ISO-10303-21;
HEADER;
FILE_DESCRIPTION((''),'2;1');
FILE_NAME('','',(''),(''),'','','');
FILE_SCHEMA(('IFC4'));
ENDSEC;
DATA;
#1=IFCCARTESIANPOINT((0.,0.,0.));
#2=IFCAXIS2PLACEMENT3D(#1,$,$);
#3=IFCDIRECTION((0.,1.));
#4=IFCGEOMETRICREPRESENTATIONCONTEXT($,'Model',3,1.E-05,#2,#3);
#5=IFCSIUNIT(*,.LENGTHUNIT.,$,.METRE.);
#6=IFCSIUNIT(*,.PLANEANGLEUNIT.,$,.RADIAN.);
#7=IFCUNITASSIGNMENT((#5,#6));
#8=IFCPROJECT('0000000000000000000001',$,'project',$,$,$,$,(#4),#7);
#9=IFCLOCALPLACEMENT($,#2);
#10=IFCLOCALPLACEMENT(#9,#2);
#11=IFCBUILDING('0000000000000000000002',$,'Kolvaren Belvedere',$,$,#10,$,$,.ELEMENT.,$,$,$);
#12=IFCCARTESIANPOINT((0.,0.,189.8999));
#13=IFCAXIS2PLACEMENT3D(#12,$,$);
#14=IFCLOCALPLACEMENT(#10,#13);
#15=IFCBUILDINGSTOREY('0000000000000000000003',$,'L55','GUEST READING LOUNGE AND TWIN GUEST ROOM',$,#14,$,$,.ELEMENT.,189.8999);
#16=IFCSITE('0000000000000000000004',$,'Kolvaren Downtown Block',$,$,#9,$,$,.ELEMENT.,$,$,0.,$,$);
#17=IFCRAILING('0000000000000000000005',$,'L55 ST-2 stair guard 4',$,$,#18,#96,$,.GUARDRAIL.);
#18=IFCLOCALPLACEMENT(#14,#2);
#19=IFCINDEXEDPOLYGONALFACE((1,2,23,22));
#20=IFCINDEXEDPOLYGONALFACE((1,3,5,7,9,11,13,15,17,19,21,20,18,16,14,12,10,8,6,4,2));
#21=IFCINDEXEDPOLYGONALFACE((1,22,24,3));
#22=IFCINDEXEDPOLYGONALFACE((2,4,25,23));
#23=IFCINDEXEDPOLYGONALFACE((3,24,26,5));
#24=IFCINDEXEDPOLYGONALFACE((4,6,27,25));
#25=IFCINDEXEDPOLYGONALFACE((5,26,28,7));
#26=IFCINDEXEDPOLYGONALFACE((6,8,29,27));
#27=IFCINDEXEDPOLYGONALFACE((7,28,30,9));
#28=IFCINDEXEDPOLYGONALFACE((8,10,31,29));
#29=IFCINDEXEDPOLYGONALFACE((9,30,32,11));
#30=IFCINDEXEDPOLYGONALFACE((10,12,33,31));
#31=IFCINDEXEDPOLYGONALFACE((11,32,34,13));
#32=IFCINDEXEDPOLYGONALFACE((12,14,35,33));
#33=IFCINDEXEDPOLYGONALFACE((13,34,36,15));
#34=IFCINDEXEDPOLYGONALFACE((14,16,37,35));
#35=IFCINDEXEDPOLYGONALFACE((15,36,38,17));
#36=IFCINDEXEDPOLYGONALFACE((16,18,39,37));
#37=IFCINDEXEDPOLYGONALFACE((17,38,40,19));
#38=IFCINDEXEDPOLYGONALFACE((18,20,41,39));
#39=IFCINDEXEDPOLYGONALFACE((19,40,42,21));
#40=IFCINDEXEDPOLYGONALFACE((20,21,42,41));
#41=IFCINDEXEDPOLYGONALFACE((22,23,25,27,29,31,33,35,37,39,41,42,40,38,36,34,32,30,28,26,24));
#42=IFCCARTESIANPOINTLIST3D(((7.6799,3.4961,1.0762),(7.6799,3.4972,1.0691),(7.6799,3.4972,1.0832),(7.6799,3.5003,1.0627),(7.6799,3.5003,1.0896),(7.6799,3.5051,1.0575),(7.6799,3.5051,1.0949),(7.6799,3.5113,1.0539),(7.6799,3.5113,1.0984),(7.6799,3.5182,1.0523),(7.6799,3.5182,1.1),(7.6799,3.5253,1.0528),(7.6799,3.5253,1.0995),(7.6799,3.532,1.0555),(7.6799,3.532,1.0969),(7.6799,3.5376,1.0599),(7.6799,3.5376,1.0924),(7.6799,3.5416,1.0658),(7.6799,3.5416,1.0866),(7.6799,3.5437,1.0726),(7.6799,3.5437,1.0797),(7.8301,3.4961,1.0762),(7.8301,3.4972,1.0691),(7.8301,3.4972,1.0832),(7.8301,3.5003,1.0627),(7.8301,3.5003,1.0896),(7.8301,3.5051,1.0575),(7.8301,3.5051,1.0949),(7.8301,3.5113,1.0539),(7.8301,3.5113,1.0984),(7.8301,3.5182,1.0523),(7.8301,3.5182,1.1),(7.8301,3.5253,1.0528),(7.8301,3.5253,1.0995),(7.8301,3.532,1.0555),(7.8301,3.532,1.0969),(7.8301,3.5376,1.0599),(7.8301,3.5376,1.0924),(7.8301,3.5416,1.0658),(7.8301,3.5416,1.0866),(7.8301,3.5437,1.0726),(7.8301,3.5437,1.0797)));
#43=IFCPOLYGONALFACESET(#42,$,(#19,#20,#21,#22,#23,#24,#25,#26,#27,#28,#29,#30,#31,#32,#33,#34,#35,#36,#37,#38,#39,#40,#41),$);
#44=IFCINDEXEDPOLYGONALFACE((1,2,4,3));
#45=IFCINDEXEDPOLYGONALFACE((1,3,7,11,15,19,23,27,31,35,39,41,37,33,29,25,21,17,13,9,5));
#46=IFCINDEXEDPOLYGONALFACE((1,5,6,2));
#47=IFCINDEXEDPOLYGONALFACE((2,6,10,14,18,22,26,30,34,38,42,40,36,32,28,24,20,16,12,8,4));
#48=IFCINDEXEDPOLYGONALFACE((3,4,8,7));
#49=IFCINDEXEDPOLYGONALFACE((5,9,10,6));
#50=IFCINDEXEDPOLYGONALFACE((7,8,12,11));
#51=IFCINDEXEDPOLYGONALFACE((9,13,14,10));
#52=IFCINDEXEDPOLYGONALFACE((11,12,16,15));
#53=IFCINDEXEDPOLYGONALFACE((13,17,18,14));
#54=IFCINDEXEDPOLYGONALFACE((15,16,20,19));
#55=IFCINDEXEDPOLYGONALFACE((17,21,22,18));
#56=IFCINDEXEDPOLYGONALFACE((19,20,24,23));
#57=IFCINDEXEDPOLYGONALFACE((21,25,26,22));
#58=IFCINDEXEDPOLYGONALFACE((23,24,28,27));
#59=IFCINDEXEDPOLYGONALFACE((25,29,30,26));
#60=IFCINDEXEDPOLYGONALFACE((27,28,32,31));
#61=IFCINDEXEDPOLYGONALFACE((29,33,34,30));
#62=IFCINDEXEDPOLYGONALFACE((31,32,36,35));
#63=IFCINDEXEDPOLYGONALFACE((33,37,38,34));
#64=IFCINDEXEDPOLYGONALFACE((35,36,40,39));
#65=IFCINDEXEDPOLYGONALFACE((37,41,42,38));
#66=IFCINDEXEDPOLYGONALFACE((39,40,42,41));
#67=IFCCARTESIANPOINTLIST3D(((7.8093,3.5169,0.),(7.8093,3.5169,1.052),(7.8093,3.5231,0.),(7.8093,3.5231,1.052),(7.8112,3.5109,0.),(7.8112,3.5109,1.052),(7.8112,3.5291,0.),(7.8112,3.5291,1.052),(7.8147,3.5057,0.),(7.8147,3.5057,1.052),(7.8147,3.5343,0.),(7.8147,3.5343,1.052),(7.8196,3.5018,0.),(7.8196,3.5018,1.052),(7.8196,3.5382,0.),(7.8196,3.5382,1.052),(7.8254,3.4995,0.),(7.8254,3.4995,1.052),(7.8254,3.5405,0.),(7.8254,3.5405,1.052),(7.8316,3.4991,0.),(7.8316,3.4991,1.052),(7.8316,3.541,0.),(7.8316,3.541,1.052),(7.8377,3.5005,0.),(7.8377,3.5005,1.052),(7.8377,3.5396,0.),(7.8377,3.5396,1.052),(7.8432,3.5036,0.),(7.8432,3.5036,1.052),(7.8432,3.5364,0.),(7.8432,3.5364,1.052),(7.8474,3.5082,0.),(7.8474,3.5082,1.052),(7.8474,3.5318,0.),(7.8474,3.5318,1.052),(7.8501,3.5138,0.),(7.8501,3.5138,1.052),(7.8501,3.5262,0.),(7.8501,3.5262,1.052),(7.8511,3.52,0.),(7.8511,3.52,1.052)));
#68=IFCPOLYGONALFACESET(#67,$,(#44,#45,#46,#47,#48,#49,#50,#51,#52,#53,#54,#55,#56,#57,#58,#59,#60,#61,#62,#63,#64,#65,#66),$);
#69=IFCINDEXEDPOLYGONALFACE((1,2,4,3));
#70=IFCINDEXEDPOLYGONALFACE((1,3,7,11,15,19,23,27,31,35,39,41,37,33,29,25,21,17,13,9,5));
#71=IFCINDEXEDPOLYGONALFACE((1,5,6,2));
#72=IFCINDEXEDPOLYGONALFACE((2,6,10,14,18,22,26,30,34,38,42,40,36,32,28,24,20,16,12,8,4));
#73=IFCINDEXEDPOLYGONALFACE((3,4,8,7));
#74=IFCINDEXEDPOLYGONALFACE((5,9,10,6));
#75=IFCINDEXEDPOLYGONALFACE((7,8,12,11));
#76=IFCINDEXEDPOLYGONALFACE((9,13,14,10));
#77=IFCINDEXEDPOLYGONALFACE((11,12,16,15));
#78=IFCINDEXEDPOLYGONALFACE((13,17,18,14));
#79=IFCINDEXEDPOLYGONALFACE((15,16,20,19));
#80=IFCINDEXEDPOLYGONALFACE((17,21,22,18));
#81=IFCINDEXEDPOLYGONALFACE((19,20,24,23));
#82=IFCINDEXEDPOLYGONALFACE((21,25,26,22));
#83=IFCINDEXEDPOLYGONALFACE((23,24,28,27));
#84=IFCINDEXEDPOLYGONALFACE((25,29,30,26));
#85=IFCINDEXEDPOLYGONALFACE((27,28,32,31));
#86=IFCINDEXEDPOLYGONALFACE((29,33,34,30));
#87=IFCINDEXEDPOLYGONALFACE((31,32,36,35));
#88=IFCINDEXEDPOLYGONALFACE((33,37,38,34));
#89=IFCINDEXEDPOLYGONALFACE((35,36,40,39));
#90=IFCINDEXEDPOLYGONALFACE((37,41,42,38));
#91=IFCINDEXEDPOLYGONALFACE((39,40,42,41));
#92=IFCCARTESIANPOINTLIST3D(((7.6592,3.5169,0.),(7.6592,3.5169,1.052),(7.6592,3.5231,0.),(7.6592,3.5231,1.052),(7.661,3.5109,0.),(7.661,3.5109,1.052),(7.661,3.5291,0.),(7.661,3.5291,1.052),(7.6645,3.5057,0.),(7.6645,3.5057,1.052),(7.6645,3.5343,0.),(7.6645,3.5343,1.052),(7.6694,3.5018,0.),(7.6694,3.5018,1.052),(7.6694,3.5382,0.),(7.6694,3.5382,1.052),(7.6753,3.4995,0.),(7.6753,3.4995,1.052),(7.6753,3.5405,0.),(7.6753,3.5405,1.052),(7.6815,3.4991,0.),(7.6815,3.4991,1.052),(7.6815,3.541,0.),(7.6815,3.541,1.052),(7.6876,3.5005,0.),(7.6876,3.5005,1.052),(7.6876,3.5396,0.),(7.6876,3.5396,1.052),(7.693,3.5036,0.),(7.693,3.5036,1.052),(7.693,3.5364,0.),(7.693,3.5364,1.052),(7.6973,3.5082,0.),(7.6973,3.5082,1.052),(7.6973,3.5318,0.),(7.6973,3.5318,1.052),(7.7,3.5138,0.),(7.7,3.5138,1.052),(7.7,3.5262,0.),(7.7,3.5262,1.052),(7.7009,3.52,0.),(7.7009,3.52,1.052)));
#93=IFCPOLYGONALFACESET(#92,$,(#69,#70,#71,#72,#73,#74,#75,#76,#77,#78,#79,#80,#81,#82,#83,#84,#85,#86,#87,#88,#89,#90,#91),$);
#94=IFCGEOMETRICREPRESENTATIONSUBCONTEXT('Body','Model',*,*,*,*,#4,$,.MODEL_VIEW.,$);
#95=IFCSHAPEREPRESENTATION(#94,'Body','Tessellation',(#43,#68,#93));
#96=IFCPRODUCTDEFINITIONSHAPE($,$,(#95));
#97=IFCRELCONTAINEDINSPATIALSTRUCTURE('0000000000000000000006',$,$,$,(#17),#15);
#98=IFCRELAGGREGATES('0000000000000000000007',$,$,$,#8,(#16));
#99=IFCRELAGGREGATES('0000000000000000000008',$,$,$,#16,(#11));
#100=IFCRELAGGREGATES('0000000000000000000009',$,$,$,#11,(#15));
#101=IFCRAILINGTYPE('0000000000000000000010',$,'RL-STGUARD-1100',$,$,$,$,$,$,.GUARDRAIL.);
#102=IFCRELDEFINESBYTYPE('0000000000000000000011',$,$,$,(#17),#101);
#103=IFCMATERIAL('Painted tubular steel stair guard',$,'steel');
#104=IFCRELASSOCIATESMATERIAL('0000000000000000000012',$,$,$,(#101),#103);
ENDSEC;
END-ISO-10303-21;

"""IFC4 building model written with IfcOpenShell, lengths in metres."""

from ifc_helpers import new_model, si_unit, direction, frame, origin, origin_2d, place, context, subcontext, project, spatial, circle, extrude, material, type_object, element, save


model = new_model("IFC4")

# Units and contexts
model_context = context("Model", 3, precision=1e-05, world=origin(), true_north=direction((0.0, 1.0)))
body_context = subcontext(model_context, "Body", "Model", "MODEL_VIEW")
ifc_project = project(units=[si_unit("LENGTHUNIT", "METRE"), si_unit("PLANEANGLEUNIT", "RADIAN")], contexts=[model_context])

# Site, building, storey
site_placement = place(None, origin())
site = spatial("IfcSite", under=ifc_project, at=site_placement, Name="Kolvaren Downtown Block", CompositionType="ELEMENT", RefElevation=0.0)
building_placement = place(site_placement, origin())
building = spatial("IfcBuilding", under=site, at=building_placement, Name="Kolvaren Belvedere", CompositionType="ELEMENT")
storey_placement = place(building_placement, frame((0.0, 0.0, 189.8999)))
storey = spatial("IfcBuildingStorey", under=building, at=storey_placement, Name="L55", Description="GUEST READING LOUNGE AND TWIN GUEST ROOM", CompositionType="ELEMENT", Elevation=189.8999)

# Railing
ifc_material_1 = material(Name="Painted tubular steel stair guard", Category="steel")
railing_type_1 = type_object("IfcRailingType", Name="RL-STGUARD-1100", PredefinedType="GUARDRAIL", material=ifc_material_1)
railing_1_placement = place(storey_placement, frame((7.8301, 3.52, 0.0)))
element("IfcRailing", 1, at=railing_1_placement, inside=storey, type_object=railing_type_1, Name="L55 ST-2 stair guard 4", PredefinedType="GUARDRAIL", context=body_context, shape_type="SweptSolid", body=[
    extrude(circle(Radius=0.0239, at=origin_2d()), frame((0.0, 0.0, 1.0762), z_axis=(-1.0, 0.0, 0.0), x_axis=(0.0, -1.0, 0.0)), (0.0, 0.0, 1.0), 0.1501),
    extrude(circle(Radius=0.021, at=origin_2d()), origin(), (0.0, 0.0, 1.0), 1.052),
    extrude(circle(Radius=0.021, at=origin_2d()), frame((-0.1501, 0.0, 0.0)), (0.0, 0.0, 1.0), 1.052),
])

save(model, "model.ifc")
